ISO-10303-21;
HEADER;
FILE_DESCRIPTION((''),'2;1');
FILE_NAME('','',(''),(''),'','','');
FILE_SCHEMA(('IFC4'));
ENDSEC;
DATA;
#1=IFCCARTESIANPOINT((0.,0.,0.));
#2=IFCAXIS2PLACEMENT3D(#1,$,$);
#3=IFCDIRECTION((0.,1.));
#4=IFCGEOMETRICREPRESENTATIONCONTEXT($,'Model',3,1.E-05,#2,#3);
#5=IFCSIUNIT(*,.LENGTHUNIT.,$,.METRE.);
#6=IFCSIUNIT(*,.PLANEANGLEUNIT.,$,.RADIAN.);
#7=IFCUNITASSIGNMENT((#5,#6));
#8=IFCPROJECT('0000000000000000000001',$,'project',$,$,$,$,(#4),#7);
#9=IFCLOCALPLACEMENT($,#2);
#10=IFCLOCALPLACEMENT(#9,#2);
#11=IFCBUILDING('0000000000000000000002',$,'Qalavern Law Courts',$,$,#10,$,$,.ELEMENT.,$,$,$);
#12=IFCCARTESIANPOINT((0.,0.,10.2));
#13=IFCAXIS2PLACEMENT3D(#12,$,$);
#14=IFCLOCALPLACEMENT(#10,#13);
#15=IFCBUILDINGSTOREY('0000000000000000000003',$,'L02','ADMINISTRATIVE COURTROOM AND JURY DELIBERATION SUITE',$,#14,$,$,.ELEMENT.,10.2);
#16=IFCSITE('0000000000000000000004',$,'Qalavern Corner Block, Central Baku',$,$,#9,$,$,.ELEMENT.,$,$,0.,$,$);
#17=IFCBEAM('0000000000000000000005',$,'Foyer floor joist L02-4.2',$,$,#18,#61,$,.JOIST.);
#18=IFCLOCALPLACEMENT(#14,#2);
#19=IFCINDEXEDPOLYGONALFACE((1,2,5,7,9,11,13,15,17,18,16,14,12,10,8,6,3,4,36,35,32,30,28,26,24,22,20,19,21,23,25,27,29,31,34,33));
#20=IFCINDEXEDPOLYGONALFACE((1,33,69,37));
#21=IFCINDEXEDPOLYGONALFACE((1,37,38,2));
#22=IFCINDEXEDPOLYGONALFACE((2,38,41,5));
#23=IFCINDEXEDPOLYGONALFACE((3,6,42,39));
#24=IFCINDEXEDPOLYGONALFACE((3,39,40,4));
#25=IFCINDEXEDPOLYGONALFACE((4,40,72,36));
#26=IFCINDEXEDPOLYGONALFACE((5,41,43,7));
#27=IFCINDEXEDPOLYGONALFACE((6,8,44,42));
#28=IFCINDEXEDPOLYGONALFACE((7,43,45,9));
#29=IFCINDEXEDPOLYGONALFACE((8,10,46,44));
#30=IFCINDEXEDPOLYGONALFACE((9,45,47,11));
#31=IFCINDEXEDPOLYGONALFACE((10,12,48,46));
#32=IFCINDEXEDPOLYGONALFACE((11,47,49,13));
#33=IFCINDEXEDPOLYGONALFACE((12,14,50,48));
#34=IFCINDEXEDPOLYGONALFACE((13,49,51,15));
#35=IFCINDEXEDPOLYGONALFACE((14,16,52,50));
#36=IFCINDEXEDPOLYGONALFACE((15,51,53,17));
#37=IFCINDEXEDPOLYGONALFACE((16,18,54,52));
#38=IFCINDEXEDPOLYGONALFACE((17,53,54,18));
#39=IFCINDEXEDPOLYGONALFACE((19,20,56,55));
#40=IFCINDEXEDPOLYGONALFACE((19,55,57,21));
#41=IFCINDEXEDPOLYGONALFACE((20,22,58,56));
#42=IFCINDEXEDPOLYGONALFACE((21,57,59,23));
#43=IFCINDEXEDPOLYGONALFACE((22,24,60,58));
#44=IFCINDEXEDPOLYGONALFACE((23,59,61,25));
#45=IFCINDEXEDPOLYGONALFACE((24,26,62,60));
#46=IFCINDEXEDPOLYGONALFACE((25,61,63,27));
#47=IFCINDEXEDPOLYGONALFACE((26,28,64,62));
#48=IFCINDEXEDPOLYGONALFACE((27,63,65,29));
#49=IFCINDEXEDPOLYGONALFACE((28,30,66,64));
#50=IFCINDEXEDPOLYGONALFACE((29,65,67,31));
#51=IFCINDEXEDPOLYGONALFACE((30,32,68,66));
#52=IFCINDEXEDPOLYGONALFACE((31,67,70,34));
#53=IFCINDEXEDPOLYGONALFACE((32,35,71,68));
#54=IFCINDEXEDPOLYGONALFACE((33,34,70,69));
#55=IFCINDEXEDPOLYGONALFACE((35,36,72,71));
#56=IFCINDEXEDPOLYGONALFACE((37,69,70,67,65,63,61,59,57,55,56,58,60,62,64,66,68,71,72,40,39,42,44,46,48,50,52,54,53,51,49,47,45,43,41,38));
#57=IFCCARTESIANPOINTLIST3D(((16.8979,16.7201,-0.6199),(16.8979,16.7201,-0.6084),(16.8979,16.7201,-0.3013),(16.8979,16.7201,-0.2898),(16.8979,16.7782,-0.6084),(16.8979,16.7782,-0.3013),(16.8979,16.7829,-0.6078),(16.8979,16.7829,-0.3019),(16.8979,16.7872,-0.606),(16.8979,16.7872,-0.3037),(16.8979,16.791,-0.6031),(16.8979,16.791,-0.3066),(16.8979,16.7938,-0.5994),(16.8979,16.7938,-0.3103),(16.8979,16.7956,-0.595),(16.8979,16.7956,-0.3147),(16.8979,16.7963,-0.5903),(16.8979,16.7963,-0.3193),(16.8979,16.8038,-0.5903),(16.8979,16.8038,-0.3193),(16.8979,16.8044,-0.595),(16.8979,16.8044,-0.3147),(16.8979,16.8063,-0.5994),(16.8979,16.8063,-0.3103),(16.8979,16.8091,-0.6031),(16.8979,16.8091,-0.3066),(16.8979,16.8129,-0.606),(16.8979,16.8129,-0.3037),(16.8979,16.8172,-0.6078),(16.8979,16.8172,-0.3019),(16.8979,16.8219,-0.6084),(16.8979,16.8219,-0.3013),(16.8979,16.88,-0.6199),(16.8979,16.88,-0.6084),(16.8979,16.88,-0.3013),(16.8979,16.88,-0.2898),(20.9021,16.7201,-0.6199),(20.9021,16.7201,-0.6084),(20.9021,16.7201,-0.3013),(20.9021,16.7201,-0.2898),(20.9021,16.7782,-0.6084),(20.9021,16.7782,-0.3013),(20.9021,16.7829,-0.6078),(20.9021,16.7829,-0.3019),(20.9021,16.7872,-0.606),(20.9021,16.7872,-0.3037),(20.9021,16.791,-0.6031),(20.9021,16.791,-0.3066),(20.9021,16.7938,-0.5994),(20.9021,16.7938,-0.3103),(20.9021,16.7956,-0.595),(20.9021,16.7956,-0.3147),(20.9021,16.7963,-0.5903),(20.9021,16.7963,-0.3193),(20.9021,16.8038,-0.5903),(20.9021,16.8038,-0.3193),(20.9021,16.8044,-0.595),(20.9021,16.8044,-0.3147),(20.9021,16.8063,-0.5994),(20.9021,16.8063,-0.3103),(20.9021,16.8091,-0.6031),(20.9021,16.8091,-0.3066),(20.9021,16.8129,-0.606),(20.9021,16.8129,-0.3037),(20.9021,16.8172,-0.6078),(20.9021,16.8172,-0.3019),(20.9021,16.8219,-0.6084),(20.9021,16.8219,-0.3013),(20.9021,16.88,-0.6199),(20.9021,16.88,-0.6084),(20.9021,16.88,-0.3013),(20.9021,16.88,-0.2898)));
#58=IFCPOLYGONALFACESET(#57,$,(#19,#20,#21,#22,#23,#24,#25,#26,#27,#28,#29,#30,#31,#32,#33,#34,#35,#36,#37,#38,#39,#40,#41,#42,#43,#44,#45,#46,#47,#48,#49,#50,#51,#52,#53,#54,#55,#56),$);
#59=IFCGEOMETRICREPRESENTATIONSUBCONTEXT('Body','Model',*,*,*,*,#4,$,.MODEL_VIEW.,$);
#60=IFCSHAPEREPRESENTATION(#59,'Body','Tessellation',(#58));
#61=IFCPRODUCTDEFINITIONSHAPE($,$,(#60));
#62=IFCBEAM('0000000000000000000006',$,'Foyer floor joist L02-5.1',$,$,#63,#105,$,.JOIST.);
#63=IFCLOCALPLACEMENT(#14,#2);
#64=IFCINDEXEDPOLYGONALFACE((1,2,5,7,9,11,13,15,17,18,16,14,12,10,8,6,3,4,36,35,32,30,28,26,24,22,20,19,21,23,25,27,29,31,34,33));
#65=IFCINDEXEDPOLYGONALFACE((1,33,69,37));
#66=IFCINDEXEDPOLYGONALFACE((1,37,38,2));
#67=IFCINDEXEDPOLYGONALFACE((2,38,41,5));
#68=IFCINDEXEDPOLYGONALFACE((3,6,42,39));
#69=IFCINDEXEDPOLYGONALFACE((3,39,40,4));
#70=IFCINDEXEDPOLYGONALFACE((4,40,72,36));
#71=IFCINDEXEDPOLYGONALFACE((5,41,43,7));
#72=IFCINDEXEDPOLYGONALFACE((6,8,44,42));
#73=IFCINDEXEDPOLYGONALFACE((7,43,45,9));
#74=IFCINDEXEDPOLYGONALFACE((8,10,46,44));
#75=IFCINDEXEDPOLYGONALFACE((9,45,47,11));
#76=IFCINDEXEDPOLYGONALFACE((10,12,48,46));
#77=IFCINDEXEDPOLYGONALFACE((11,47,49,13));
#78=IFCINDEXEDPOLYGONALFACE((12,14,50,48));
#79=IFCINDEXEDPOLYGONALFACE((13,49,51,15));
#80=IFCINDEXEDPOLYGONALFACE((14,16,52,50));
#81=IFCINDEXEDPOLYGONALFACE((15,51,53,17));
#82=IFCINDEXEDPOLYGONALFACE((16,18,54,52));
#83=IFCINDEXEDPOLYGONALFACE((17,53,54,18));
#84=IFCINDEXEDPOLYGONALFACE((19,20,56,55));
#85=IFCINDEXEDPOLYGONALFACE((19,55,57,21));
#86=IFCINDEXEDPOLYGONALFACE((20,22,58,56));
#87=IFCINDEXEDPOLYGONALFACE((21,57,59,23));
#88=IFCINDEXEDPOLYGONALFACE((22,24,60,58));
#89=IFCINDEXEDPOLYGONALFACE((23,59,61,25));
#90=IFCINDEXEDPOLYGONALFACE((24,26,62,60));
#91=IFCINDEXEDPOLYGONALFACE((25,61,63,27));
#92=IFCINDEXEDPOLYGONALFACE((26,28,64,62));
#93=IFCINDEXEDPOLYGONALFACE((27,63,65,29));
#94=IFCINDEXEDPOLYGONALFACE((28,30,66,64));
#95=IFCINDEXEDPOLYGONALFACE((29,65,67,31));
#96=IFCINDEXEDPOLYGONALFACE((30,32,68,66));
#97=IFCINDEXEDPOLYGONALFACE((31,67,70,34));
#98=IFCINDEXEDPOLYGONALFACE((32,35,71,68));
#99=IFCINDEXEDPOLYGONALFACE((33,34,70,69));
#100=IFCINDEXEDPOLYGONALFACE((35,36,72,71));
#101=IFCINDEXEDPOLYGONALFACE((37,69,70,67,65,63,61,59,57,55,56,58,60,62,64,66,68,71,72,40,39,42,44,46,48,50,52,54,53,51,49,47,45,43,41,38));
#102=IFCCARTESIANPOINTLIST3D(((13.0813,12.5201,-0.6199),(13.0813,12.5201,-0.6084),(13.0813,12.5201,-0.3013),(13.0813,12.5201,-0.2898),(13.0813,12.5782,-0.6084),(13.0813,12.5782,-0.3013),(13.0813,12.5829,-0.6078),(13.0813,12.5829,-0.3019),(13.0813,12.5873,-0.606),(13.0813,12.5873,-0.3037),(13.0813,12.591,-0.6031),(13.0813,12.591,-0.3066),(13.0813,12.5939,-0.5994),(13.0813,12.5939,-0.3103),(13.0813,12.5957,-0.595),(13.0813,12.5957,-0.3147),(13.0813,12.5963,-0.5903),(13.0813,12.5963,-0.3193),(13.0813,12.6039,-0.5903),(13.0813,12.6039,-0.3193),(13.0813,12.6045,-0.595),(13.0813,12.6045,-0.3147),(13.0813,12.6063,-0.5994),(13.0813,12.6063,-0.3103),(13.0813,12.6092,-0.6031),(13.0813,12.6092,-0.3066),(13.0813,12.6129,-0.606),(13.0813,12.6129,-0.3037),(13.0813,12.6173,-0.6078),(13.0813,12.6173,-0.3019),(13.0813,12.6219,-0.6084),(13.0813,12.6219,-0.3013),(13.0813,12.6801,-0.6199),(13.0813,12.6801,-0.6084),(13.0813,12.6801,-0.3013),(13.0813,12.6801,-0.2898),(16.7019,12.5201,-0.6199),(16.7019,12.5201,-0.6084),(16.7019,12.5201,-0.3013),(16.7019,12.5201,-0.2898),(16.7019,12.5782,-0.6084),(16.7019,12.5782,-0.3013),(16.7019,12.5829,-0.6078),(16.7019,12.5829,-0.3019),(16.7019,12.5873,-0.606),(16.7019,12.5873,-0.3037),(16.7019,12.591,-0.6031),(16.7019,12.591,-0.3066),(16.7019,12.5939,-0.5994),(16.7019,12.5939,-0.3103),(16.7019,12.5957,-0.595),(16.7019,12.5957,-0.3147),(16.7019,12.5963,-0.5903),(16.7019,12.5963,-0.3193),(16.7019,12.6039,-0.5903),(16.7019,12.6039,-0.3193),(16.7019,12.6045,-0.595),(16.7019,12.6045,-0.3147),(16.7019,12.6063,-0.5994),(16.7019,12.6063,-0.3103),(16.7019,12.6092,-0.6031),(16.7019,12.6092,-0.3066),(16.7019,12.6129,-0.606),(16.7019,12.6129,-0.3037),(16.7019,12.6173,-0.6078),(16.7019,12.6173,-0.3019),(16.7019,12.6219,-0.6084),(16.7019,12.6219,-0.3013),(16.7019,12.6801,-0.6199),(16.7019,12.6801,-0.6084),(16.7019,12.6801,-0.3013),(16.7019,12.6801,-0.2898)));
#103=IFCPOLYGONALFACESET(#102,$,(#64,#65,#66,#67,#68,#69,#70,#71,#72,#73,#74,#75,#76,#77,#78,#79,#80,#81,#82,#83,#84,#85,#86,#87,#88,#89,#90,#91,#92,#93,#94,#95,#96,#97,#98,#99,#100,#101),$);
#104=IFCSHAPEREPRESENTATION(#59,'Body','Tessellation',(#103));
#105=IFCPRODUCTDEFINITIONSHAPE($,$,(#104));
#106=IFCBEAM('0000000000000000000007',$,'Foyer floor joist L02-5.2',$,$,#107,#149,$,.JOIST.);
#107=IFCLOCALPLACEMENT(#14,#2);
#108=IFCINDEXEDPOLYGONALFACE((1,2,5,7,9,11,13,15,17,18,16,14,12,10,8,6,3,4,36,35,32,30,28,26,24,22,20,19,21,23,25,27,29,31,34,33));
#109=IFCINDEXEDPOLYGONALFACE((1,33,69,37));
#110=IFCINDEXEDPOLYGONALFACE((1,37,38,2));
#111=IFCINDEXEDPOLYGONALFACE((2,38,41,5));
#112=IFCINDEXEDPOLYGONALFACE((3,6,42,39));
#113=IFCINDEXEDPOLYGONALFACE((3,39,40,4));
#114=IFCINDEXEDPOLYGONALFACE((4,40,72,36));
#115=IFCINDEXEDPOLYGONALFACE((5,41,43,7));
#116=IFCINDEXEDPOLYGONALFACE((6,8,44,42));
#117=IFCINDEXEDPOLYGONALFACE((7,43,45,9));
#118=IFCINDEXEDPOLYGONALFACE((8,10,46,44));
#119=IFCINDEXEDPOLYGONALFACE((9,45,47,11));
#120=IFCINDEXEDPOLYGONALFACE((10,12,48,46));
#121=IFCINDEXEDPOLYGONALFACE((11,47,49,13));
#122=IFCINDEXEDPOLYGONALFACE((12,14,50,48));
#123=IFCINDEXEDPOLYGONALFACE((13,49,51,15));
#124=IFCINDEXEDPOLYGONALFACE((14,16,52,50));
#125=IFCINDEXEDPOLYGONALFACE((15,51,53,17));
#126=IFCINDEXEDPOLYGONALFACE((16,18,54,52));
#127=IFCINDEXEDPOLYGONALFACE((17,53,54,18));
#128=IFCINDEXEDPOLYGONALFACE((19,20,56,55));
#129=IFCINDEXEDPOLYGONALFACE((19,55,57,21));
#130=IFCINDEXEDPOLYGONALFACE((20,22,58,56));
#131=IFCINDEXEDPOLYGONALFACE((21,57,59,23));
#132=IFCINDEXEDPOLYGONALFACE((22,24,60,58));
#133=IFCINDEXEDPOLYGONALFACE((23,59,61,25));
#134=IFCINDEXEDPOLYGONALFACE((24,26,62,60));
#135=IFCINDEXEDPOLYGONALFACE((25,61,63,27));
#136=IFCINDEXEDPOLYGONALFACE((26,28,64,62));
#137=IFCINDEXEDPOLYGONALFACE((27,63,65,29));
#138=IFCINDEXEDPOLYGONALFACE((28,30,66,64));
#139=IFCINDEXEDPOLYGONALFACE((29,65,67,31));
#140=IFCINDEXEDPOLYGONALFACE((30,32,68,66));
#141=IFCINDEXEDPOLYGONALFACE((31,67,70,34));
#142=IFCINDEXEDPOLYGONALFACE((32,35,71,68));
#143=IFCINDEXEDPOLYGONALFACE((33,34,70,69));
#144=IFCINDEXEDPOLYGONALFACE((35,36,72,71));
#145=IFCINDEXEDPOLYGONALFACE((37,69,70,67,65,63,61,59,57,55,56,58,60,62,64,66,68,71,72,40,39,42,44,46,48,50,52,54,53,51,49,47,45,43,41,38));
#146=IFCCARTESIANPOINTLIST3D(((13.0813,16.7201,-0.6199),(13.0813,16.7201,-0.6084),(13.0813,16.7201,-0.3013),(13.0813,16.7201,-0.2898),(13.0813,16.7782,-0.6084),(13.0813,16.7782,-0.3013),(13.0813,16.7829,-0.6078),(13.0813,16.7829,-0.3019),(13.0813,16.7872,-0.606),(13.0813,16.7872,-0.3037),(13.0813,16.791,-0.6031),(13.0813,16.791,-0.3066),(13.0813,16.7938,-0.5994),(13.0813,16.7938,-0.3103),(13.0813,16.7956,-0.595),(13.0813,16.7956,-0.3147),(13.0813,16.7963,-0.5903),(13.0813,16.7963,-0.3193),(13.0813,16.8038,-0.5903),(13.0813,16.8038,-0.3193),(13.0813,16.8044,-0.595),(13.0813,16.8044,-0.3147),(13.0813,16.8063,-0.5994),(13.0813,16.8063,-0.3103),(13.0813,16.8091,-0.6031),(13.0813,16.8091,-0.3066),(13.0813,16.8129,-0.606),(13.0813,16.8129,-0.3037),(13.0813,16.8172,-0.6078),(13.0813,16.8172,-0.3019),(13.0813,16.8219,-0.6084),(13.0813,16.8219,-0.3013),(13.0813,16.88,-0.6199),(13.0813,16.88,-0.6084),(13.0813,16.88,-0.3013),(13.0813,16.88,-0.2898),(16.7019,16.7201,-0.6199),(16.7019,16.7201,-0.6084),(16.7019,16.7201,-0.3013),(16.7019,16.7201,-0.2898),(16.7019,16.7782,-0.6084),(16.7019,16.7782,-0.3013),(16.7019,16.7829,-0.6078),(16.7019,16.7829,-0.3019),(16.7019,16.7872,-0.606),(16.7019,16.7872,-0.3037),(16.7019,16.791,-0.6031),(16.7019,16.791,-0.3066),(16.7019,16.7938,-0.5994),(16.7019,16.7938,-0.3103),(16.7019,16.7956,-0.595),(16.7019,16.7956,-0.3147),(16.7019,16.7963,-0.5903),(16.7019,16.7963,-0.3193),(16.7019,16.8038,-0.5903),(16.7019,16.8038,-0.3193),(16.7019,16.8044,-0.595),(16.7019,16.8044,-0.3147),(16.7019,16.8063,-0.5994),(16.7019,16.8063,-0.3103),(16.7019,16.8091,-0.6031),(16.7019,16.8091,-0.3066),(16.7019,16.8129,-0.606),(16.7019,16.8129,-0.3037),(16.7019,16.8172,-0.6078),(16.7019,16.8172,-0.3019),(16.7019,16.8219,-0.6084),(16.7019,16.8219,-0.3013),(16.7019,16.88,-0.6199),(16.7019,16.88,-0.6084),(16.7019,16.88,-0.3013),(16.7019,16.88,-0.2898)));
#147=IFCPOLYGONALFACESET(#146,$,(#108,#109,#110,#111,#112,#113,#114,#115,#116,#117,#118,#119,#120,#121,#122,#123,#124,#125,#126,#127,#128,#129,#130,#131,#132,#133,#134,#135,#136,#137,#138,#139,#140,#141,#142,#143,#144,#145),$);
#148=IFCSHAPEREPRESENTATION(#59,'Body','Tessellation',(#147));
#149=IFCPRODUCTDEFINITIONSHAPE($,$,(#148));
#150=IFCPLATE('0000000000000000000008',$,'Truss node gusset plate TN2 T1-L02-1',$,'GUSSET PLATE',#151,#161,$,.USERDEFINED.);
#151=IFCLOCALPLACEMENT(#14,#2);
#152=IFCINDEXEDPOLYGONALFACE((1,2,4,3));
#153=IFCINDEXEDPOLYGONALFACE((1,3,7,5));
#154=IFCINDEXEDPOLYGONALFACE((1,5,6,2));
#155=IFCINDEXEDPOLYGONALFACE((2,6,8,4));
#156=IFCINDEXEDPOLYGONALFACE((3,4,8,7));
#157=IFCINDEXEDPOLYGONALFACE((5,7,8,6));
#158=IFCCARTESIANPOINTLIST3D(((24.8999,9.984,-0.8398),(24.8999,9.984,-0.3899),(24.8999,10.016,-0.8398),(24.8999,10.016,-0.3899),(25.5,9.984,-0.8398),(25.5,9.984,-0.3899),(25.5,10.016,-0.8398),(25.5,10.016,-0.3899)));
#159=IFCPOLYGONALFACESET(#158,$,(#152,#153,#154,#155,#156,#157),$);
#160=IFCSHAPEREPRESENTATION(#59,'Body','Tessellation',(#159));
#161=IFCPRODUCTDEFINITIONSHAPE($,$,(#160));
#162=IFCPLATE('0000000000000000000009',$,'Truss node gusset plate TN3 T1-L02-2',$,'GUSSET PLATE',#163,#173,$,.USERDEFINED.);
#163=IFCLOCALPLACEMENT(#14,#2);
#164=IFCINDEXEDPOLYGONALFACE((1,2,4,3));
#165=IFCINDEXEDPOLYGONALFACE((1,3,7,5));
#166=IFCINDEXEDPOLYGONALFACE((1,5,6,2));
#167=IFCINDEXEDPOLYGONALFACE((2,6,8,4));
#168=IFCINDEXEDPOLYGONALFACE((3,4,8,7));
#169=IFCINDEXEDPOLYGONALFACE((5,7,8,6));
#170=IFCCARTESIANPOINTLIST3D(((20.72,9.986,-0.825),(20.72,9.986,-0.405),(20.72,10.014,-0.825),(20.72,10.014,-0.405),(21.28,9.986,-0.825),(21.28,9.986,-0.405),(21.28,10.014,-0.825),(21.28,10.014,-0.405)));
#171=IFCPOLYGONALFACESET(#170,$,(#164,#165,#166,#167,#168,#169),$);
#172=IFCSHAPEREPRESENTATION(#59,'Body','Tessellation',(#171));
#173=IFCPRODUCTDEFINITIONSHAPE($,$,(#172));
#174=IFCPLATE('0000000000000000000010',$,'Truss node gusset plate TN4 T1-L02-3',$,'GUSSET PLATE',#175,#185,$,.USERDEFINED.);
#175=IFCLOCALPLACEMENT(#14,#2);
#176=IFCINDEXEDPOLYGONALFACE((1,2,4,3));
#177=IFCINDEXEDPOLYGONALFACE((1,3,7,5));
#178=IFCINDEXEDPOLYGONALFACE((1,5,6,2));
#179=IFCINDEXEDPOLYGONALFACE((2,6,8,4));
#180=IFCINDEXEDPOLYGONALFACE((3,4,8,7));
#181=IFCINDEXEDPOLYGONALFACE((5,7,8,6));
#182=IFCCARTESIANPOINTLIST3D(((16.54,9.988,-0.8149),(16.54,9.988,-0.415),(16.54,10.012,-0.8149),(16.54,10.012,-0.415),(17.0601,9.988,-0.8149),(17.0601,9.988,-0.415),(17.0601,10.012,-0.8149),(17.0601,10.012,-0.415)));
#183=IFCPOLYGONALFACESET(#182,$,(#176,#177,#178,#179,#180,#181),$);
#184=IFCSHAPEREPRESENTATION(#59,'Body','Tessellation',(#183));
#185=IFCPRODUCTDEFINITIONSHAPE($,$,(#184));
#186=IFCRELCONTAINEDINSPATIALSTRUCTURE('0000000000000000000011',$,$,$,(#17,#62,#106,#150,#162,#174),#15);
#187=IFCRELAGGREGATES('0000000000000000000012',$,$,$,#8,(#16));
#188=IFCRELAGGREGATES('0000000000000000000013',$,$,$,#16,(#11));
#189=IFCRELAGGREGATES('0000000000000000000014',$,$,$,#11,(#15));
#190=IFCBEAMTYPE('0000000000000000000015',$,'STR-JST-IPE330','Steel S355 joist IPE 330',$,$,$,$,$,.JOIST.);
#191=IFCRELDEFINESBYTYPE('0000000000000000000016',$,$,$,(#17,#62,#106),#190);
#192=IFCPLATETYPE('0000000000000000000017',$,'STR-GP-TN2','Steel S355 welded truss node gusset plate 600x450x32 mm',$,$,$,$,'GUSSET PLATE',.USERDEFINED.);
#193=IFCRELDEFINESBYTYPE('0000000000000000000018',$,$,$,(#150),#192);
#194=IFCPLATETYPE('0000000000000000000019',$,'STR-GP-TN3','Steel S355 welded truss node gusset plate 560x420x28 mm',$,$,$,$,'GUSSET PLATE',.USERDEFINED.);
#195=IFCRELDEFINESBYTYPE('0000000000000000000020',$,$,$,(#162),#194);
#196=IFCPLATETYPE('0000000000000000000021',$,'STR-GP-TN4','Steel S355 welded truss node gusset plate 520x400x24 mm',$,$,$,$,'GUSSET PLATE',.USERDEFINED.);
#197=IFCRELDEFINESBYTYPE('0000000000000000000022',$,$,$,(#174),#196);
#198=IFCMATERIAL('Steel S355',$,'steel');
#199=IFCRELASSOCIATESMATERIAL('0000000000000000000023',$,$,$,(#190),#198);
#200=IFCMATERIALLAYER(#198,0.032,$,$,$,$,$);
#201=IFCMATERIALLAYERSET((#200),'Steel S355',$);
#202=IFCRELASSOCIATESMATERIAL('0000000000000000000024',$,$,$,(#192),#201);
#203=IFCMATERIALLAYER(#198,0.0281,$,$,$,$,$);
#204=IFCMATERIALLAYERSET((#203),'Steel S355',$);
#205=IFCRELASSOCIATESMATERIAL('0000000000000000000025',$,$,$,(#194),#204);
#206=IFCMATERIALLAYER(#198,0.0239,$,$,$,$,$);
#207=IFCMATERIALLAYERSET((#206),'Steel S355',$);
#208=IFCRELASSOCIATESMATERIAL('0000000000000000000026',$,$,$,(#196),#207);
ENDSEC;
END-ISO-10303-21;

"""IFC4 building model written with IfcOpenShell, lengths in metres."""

from ifc_helpers import new_model, si_unit, direction, frame, origin, origin_2d, place, context, subcontext, project, spatial, rectangle, i_section, extrude, material, layer, layer_set, material_profile, profile_set, type_object, element, save


model = new_model("IFC4")

# Units and contexts
model_context = context("Model", 3, precision=1e-05, world=origin(), true_north=direction((0.0, 1.0)))
body_context = subcontext(model_context, "Body", "Model", "MODEL_VIEW")
ifc_project = project(units=[si_unit("LENGTHUNIT", "METRE"), si_unit("PLANEANGLEUNIT", "RADIAN")], contexts=[model_context])

# Site, building, storey
site_placement = place(None, origin())
site = spatial("IfcSite", under=ifc_project, at=site_placement, Name="Qalavern Corner Block, Central Baku", CompositionType="ELEMENT", RefElevation=0.0)
building_placement = place(site_placement, origin())
building = spatial("IfcBuilding", under=site, at=building_placement, Name="Qalavern Law Courts", CompositionType="ELEMENT")
storey_placement = place(building_placement, frame((0.0, 0.0, 10.2)))
storey = spatial("IfcBuildingStorey", under=building, at=storey_placement, Name="L02", Description="ADMINISTRATIVE COURTROOM AND JURY DELIBERATION SUITE", CompositionType="ELEMENT", Elevation=10.2)

# Shared definitions
ifc_material_1 = material(Name="Steel S355", Category="steel")

# Beams
ifc_material_profile_1 = material_profile(ifc_material_1, i_section(OverallWidth=0.1599, OverallDepth=0.3301, WebThickness=0.0076, FlangeThickness=0.0115, FilletRadius=0.0181, at=origin_2d()), Name="IPE 330")
ifc_profile_set_1 = profile_set([ifc_material_profile_1], Name="Steel S355")
beam_type_1 = type_object("IfcBeamType", Name="STR-JST-IPE330", Description="Steel S355 joist IPE 330", PredefinedType="JOIST", material=ifc_profile_set_1)
for number, where, z_axis, x_axis, name in (
    (1, (16.8979, 16.8, -0.4548), (1.0, 0.0, 0.0), (0.0, 1.0, 0.0), "Foyer floor joist L02-4.2"),
):
    element("IfcBeam", number, at=place(storey_placement, frame(where, z_axis=z_axis, x_axis=x_axis)), inside=storey, type_object=beam_type_1, Name=name, PredefinedType="JOIST", context=body_context, shape_type="SweptSolid", body=[
        extrude(i_section(OverallWidth=0.1599, OverallDepth=0.3301, WebThickness=0.0076, FlangeThickness=0.0115, FilletRadius=0.0181, at=origin_2d()), origin(), (0.0, 0.0, 1.0), 4.0042),
    ])
for number, where, z_axis, x_axis, name in (
    (2, (13.0813, 12.6001, -0.4548), (1.0, 0.0, 0.0), (0.0, 1.0, 0.0), "Foyer floor joist L02-5.1"),
    (3, (13.0813, 16.8, -0.4548), (1.0, 0.0, 0.0), (0.0, 1.0, 0.0), "Foyer floor joist L02-5.2"),
):
    element("IfcBeam", number, at=place(storey_placement, frame(where, z_axis=z_axis, x_axis=x_axis)), inside=storey, type_object=beam_type_1, Name=name, PredefinedType="JOIST", context=body_context, shape_type="SweptSolid", body=[
        extrude(i_section(OverallWidth=0.1599, OverallDepth=0.3301, WebThickness=0.0076, FlangeThickness=0.0115, FilletRadius=0.0181, at=origin_2d()), origin(), (0.0, 0.0, 1.0), 3.6206),
    ])

# Plates
ifc_layer_1 = layer(ifc_material_1, 0.032)
ifc_layer_set_1 = layer_set([ifc_layer_1], Name="Steel S355")
plate_type_1 = type_object("IfcPlateType", Name="STR-GP-TN2", Description="Steel S355 welded truss node gusset plate 600x450x32 mm", ElementType="GUSSET PLATE", PredefinedType="USERDEFINED", material=ifc_layer_set_1)
plate_1_placement = place(storey_placement, frame((25.2, 10.0, -0.8398), z_axis=(0.0, 0.0, 1.0), x_axis=(1.0, 0.0, 0.0)))
element("IfcPlate", 4, at=plate_1_placement, inside=storey, type_object=plate_type_1, Name="Truss node gusset plate TN2 T1-L02-1", ObjectType="GUSSET PLATE", PredefinedType="USERDEFINED", context=body_context, shape_type="SweptSolid", body=[
    extrude(rectangle(XDim=0.6001, YDim=0.032, at=origin_2d()), origin(), (0.0, 0.0, 1.0), 0.45),
])
ifc_layer_2 = layer(ifc_material_1, 0.0281)
ifc_layer_set_2 = layer_set([ifc_layer_2], Name="Steel S355")
plate_type_2 = type_object("IfcPlateType", Name="STR-GP-TN3", Description="Steel S355 welded truss node gusset plate 560x420x28 mm", ElementType="GUSSET PLATE", PredefinedType="USERDEFINED", material=ifc_layer_set_2)
plate_2_placement = place(storey_placement, frame((21.0, 10.0, -0.825), z_axis=(0.0, 0.0, 1.0), x_axis=(1.0, 0.0, 0.0)))
element("IfcPlate", 5, at=plate_2_placement, inside=storey, type_object=plate_type_2, Name="Truss node gusset plate TN3 T1-L02-2", ObjectType="GUSSET PLATE", PredefinedType="USERDEFINED", context=body_context, shape_type="SweptSolid", body=[
    extrude(rectangle(XDim=0.5601, YDim=0.0281, at=origin_2d()), origin(), (0.0, 0.0, 1.0), 0.4199),
])
ifc_layer_3 = layer(ifc_material_1, 0.0239)
ifc_layer_set_3 = layer_set([ifc_layer_3], Name="Steel S355")
plate_type_3 = type_object("IfcPlateType", Name="STR-GP-TN4", Description="Steel S355 welded truss node gusset plate 520x400x24 mm", ElementType="GUSSET PLATE", PredefinedType="USERDEFINED", material=ifc_layer_set_3)
plate_3_placement = place(storey_placement, frame((16.8, 10.0, -0.8149), z_axis=(0.0, 0.0, 1.0), x_axis=(1.0, 0.0, 0.0)))
element("IfcPlate", 6, at=plate_3_placement, inside=storey, type_object=plate_type_3, Name="Truss node gusset plate TN4 T1-L02-3", ObjectType="GUSSET PLATE", PredefinedType="USERDEFINED", context=body_context, shape_type="SweptSolid", body=[
    extrude(rectangle(XDim=0.52, YDim=0.0239, at=origin_2d()), origin(), (0.0, 0.0, 1.0), 0.3999),
])

save(model, "model.ifc")
